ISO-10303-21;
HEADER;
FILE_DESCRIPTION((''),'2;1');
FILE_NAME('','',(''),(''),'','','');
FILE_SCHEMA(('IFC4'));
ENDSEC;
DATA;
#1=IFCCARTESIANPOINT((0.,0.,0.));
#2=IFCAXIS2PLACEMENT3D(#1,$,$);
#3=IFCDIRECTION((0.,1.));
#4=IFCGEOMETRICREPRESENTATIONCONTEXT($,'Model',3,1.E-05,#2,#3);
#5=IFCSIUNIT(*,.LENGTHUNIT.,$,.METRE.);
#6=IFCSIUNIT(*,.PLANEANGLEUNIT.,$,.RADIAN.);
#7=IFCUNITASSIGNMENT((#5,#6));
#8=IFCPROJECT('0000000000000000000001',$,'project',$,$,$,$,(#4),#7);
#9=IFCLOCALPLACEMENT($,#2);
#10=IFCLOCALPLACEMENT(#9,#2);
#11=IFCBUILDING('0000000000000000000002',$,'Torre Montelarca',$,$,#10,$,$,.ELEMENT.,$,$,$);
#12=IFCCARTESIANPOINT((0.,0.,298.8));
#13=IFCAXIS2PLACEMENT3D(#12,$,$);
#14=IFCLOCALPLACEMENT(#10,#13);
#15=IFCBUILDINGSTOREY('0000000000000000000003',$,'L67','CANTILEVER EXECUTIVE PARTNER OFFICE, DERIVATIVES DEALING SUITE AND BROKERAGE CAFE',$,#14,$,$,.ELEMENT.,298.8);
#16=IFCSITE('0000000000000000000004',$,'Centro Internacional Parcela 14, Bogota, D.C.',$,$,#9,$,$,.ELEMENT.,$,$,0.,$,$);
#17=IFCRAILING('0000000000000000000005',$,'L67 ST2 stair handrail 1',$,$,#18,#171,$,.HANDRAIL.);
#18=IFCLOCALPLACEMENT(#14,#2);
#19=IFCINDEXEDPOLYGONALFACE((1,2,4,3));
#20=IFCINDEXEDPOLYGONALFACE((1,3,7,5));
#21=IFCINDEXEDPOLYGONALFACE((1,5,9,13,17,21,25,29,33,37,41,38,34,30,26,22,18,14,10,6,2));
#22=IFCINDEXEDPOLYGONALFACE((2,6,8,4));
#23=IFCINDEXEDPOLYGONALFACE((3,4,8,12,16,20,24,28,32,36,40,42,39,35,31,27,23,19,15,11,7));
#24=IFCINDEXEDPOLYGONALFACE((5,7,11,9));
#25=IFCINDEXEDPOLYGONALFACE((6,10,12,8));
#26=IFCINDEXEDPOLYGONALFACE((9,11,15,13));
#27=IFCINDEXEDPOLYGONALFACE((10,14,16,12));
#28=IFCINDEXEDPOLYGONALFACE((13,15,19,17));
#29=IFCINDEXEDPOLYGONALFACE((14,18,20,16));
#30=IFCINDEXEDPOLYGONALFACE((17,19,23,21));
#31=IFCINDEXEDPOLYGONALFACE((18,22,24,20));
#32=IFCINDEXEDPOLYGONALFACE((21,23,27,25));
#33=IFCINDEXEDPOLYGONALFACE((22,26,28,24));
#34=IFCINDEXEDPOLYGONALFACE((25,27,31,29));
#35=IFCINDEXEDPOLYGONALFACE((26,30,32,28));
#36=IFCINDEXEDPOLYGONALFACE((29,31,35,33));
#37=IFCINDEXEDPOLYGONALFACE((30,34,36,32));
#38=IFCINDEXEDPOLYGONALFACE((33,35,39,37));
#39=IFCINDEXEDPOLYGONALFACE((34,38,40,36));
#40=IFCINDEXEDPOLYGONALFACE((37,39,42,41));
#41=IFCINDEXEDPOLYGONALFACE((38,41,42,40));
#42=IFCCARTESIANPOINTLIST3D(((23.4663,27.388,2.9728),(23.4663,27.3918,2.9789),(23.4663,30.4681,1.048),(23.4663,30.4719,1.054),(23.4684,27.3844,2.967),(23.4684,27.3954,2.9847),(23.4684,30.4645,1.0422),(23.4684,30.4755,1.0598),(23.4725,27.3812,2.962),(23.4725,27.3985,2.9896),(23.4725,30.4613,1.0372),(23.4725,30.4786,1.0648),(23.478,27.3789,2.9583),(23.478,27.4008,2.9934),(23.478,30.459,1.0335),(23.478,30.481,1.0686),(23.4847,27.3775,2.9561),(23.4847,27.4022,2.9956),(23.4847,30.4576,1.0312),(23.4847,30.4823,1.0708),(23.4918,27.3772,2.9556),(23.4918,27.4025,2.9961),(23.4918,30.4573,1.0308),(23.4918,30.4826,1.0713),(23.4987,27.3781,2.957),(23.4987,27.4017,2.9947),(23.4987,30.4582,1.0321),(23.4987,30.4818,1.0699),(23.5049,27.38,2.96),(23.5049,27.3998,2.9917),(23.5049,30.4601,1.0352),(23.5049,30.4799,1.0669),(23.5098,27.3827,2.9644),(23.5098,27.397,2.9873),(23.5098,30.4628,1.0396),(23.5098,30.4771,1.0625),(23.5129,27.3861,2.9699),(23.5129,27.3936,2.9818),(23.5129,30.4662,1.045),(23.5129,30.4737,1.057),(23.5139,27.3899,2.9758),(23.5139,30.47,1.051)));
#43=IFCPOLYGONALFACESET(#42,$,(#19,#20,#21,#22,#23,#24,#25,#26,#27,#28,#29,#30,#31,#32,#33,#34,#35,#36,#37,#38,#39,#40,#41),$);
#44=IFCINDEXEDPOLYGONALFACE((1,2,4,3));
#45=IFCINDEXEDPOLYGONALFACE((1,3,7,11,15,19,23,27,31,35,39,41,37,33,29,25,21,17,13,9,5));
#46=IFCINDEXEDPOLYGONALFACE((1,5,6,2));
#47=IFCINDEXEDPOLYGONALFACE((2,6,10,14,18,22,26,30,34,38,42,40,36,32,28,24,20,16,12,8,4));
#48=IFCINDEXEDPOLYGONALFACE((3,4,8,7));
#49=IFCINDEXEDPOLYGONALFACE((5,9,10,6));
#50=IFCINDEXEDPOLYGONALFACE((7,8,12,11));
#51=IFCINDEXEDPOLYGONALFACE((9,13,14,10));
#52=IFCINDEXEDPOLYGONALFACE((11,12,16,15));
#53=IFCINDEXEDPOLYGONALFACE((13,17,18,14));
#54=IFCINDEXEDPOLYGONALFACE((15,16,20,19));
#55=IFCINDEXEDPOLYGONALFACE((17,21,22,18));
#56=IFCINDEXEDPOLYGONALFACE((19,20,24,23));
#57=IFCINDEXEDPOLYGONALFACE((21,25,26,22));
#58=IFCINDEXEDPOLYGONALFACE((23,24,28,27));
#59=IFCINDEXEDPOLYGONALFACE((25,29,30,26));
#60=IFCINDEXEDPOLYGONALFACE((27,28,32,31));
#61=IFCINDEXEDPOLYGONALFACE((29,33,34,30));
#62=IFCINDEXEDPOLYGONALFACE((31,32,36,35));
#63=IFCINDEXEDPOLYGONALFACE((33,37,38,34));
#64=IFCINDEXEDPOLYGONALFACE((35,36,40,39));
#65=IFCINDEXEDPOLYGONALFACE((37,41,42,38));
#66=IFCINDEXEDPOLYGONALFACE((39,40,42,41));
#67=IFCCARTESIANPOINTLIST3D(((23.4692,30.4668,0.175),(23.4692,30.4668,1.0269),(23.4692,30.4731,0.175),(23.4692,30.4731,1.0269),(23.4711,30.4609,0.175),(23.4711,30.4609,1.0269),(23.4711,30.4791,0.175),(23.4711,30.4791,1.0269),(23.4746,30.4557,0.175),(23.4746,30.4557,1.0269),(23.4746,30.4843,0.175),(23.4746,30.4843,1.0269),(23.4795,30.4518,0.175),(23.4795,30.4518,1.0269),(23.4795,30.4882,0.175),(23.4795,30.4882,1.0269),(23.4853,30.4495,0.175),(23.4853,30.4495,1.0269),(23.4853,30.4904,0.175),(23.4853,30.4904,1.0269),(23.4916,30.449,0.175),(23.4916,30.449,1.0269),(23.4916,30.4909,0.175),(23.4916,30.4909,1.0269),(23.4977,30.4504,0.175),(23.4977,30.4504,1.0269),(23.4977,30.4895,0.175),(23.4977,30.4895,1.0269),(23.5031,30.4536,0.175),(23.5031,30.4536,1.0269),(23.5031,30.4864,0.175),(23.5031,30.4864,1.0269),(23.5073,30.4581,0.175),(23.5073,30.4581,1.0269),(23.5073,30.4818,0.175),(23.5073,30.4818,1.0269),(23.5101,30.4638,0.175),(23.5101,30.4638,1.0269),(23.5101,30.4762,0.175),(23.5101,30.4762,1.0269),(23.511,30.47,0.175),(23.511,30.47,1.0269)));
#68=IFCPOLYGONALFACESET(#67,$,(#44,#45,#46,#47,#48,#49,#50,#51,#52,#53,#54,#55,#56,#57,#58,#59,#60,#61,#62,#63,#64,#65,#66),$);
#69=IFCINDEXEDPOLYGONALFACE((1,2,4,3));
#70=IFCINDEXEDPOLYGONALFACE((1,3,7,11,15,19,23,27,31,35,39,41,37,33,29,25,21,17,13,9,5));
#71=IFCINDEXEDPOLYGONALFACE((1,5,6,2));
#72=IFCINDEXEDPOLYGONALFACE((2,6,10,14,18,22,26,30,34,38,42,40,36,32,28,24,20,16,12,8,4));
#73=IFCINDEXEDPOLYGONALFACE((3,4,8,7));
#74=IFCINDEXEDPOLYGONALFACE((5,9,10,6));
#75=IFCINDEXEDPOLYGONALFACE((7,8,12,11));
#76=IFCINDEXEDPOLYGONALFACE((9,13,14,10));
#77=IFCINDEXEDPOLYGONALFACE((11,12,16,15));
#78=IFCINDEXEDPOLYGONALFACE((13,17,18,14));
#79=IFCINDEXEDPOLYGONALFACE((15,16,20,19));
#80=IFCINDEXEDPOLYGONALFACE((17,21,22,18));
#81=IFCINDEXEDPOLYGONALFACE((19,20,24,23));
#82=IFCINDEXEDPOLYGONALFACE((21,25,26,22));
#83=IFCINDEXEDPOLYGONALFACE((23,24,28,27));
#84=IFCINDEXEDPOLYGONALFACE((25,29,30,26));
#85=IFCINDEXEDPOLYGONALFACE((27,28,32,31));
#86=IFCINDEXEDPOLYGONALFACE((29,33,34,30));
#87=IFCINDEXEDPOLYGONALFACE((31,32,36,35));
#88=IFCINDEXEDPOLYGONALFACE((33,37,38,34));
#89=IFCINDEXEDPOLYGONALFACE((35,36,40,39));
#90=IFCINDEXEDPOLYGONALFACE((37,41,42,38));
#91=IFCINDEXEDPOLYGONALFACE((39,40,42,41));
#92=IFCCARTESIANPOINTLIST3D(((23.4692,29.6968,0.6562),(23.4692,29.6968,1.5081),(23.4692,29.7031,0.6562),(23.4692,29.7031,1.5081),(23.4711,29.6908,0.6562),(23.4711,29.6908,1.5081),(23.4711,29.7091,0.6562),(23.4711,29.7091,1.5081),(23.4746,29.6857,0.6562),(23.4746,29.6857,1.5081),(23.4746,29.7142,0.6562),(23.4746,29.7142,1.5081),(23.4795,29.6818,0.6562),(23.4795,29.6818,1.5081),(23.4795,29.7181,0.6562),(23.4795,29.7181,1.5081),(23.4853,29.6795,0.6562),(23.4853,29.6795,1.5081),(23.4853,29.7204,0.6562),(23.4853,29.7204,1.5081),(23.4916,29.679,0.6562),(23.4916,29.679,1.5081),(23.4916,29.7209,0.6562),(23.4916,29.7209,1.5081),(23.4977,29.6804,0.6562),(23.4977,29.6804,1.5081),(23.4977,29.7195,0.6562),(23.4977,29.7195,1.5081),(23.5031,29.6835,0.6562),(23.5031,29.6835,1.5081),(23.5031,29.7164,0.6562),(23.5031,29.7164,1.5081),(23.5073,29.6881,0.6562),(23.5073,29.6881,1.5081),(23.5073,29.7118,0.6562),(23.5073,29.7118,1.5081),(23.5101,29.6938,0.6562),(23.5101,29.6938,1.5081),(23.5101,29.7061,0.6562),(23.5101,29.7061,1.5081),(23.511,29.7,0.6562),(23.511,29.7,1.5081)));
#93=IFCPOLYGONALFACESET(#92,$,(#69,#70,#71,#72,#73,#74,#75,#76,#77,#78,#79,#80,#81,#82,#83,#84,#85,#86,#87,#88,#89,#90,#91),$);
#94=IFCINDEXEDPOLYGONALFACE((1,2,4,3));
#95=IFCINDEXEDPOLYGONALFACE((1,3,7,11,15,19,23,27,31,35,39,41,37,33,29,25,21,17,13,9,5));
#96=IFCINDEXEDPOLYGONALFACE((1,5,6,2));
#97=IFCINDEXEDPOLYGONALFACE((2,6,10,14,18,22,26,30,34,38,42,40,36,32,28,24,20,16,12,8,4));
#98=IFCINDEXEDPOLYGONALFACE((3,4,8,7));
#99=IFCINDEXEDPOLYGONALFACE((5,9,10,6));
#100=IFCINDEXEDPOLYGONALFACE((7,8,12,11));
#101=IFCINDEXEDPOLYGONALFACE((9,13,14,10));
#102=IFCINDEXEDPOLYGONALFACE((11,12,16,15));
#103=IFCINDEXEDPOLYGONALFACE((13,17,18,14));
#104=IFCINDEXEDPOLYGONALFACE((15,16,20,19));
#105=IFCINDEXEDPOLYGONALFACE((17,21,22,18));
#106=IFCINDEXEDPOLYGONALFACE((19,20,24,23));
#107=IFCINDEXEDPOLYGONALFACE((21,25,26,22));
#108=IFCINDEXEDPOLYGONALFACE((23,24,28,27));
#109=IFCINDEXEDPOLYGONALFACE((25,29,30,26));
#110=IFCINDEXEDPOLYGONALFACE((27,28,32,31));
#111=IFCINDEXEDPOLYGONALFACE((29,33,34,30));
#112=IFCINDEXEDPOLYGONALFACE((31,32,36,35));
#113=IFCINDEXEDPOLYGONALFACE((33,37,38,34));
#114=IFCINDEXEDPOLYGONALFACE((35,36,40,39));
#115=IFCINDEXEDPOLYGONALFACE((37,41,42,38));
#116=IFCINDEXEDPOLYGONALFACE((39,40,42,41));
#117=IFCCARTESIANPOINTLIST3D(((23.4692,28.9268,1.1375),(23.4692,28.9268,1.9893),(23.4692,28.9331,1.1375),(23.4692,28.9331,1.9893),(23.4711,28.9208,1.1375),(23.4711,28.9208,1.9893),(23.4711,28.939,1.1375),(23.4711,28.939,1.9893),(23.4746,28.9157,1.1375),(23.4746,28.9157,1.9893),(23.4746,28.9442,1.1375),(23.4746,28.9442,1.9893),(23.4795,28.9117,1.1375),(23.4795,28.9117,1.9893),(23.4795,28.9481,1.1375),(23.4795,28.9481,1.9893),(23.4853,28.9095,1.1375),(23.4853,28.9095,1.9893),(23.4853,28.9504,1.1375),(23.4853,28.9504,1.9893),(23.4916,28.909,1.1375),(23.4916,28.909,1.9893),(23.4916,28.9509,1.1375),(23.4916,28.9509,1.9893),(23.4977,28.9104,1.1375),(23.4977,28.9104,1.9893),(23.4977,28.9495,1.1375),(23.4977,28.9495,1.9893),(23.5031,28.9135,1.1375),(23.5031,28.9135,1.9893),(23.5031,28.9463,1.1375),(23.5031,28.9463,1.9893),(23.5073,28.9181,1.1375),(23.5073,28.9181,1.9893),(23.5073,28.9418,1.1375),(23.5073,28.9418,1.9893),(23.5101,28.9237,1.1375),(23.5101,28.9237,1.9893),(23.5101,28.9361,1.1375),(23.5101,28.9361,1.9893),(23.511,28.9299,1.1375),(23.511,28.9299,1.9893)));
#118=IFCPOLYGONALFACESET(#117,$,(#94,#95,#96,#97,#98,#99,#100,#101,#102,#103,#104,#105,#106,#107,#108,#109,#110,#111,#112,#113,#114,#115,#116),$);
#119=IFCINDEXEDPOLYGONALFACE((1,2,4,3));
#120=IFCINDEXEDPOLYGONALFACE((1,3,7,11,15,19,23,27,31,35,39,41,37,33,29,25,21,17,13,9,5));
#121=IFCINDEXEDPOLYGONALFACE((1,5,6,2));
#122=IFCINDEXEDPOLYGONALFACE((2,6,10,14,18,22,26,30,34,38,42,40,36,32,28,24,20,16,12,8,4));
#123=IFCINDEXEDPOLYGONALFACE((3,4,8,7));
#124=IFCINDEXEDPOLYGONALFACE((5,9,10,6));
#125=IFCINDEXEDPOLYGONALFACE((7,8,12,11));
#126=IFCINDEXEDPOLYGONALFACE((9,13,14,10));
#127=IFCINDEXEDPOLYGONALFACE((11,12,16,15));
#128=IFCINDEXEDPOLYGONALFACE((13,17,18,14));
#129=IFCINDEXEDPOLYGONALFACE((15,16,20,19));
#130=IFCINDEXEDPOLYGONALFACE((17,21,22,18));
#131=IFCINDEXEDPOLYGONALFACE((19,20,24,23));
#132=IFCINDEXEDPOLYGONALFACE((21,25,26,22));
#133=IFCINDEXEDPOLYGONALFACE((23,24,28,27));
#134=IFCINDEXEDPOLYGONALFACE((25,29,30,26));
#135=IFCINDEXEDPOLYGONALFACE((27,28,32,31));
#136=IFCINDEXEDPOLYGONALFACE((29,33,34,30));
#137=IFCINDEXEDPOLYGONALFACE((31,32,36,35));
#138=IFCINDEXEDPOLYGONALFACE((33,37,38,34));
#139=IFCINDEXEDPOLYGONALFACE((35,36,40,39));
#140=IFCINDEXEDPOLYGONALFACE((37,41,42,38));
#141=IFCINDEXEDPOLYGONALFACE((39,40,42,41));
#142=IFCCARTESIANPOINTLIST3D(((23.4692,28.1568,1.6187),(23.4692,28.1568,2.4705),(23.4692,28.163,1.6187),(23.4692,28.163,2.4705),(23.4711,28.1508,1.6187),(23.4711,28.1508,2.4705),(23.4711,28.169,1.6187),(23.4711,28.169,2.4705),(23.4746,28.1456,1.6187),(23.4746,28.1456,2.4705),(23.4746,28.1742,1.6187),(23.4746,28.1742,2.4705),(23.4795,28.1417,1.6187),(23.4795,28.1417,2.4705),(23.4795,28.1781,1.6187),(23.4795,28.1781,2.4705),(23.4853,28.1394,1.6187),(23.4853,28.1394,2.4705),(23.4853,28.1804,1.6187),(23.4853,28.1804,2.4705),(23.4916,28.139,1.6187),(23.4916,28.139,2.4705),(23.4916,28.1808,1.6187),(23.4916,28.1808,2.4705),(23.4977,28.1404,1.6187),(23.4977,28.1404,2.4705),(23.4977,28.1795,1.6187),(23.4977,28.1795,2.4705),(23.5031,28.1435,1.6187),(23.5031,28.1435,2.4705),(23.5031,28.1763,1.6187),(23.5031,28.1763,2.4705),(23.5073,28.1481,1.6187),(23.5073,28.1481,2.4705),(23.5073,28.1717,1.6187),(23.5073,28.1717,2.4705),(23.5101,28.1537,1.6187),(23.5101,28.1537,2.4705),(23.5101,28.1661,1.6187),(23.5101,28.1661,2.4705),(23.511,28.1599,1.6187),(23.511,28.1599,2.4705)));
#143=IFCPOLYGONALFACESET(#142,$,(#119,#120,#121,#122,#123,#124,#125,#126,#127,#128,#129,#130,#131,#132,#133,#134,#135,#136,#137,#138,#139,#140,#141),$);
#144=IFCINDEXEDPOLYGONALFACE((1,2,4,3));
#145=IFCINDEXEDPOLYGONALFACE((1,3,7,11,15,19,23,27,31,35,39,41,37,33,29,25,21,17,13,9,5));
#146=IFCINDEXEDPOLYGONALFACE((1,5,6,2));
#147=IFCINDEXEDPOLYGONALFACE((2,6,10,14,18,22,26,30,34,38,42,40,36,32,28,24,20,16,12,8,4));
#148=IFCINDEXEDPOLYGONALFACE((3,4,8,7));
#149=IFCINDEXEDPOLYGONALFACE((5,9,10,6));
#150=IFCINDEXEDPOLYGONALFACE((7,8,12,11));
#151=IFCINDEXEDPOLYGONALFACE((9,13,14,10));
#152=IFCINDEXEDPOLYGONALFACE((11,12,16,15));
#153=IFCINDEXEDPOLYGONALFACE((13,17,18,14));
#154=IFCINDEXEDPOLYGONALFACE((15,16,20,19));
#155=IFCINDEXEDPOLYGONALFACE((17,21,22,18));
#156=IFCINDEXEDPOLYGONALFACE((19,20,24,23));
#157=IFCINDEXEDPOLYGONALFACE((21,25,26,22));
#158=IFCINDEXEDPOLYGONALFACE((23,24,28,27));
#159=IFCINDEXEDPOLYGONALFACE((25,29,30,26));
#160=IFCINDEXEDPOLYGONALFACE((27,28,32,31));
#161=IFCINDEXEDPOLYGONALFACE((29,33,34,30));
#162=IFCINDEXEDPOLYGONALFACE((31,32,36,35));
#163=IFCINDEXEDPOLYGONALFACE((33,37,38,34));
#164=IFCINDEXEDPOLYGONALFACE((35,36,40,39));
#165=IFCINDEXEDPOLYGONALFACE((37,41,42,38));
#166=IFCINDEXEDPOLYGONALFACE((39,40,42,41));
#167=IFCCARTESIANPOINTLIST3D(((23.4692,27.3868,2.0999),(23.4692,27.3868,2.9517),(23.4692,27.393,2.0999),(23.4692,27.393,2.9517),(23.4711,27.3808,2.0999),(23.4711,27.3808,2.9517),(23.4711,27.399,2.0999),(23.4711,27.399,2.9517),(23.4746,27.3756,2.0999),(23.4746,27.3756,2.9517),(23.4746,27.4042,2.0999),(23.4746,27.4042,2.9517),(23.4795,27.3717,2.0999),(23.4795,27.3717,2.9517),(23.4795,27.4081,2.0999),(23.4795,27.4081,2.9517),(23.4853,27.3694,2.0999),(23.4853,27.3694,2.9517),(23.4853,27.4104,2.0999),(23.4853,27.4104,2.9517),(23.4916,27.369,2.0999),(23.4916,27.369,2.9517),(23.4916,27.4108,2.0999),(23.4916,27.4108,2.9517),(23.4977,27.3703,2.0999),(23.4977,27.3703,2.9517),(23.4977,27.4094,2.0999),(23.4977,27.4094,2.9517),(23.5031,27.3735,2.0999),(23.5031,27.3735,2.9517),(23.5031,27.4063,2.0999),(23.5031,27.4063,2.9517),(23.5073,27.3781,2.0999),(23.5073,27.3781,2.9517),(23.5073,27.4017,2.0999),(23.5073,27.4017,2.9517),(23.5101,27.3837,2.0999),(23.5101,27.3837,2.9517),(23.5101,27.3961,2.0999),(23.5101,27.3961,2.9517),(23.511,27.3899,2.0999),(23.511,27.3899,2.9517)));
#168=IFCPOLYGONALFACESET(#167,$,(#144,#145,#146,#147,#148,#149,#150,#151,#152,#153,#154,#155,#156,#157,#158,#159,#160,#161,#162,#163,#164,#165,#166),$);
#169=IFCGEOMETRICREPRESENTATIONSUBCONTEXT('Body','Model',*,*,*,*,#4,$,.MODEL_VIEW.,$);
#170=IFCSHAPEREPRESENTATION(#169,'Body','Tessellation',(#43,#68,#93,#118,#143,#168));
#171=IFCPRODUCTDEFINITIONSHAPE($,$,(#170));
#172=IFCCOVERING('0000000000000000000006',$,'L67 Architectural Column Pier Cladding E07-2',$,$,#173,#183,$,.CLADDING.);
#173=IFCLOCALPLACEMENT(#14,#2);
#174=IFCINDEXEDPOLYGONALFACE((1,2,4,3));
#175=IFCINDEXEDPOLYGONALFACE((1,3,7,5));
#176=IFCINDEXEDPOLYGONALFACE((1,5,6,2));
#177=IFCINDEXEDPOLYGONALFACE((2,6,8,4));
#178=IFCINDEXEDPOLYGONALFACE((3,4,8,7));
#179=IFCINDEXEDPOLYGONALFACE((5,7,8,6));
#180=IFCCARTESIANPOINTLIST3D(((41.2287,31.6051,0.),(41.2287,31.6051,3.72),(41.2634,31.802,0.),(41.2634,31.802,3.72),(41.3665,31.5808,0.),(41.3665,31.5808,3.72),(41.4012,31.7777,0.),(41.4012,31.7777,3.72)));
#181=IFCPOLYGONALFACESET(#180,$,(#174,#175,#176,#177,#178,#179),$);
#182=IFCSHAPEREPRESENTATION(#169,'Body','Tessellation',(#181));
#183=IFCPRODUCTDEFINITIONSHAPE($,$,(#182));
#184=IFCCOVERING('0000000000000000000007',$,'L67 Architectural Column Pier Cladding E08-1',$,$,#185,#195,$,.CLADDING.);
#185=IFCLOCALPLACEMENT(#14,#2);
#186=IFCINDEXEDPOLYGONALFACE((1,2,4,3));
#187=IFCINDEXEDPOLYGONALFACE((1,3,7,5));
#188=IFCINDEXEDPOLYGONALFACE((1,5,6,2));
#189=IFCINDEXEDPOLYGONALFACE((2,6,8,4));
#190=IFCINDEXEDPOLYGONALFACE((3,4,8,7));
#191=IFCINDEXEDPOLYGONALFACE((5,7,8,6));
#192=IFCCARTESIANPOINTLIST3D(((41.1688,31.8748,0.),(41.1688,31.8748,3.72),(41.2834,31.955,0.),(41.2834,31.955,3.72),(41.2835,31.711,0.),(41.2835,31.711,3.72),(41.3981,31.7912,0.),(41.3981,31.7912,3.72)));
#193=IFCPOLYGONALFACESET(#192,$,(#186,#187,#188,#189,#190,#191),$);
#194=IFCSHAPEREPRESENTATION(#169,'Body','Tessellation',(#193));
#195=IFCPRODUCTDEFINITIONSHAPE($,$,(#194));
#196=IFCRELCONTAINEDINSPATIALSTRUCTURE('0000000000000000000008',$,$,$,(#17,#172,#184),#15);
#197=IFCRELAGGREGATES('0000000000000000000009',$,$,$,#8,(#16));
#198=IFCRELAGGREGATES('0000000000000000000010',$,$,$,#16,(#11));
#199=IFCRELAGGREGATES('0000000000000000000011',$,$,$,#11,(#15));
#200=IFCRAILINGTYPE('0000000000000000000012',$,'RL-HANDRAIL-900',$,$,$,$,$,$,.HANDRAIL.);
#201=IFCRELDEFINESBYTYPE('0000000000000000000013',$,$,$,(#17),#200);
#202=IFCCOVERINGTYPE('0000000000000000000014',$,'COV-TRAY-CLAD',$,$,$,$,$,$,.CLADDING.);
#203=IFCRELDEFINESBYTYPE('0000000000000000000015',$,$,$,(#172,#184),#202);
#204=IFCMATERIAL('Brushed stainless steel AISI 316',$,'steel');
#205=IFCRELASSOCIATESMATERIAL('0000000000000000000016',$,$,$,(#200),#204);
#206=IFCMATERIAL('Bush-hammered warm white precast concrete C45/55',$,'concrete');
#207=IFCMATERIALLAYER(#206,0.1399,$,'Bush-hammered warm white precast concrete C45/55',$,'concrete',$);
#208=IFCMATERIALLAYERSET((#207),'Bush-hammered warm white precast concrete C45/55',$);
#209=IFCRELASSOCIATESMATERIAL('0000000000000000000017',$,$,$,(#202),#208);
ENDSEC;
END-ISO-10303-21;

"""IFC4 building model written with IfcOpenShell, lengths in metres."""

from ifc_helpers import new_model, si_unit, direction, frame, origin, origin_2d, place, context, subcontext, project, spatial, rectangle, circle, extrude, source, transform, mapped, material, layer, layer_set, type_object, element, save


model = new_model("IFC4")

# Units and contexts
model_context = context("Model", 3, precision=1e-05, world=origin(), true_north=direction((0.0, 1.0)))
body_context = subcontext(model_context, "Body", "Model", "MODEL_VIEW")
ifc_project = project(units=[si_unit("LENGTHUNIT", "METRE"), si_unit("PLANEANGLEUNIT", "RADIAN")], contexts=[model_context])

# Site, building, storey
site_placement = place(None, origin())
site = spatial("IfcSite", under=ifc_project, at=site_placement, Name="Centro Internacional Parcela 14, Bogota, D.C.", CompositionType="ELEMENT", RefElevation=0.0)
building_placement = place(site_placement, origin())
building = spatial("IfcBuilding", under=site, at=building_placement, Name="Torre Montelarca", CompositionType="ELEMENT")
storey_placement = place(building_placement, frame((0.0, 0.0, 298.8)))
storey = spatial("IfcBuildingStorey", under=building, at=storey_placement, Name="L67", Description="CANTILEVER EXECUTIVE PARTNER OFFICE, DERIVATIVES DEALING SUITE AND BROKERAGE CAFE", CompositionType="ELEMENT", Elevation=298.8)

# Shared definitions
ifc_material_1 = material(Name="Brushed stainless steel AISI 316", Category="steel")

# Railing
railing_type_1 = type_object("IfcRailingType", Name="RL-HANDRAIL-900", PredefinedType="HANDRAIL", material=ifc_material_1)
railing_1_placement = place(storey_placement, frame((23.49, 30.47, 0.175)))
element("IfcRailing", 1, at=railing_1_placement, inside=storey, type_object=railing_type_1, Name="L67 ST2 stair handrail 1", PredefinedType="HANDRAIL", context=body_context, shape_type="SweptSolid", body=[
    extrude(circle(Radius=0.0239, at=origin_2d()), frame((0.0, 0.0, 0.876), z_axis=(0.0, -0.848029, 0.529951), x_axis=(1.0, 0.0, 0.0)), (0.0, 0.0, 1.0), 3.6321),
    extrude(circle(Radius=0.021, at=origin_2d()), origin(), (0.0, 0.0, 1.0), 0.8518),
    extrude(circle(Radius=0.021, at=origin_2d()), frame((0.0, -0.77, 0.4812)), (0.0, 0.0, 1.0), 0.8518),
    extrude(circle(Radius=0.021, at=origin_2d()), frame((0.0, -1.54, 0.9624)), (0.0, 0.0, 1.0), 0.8518),
    extrude(circle(Radius=0.021, at=origin_2d()), frame((0.0, -2.3101, 1.4436)), (0.0, 0.0, 1.0), 0.8518),
    extrude(circle(Radius=0.021, at=origin_2d()), frame((0.0, -3.0801, 1.9248)), (0.0, 0.0, 1.0), 0.8518),
])

# Coverings
ifc_material_2 = material(Name="Bush-hammered warm white precast concrete C45/55", Category="concrete")
ifc_layer_1 = layer(ifc_material_2, 0.1399, Name="Bush-hammered warm white precast concrete C45/55", Category="concrete")
ifc_layer_set_1 = layer_set([ifc_layer_1], Name="Bush-hammered warm white precast concrete C45/55")
covering_type = type_object("IfcCoveringType", Name="COV-TRAY-CLAD", PredefinedType="CLADDING", material=ifc_layer_set_1)
shared_shape_1 = source(origin(), body_context, "Body", "SweptSolid", [
    extrude(rectangle(XDim=0.2, YDim=0.1399, at=origin_2d()), origin(), (0.0, 0.0, 1.0), 3.72),
])
for number, where, z_axis, x_axis, name in (
    (2, (41.3149, 31.6914, 0.0), (0.0, 0.0, 1.0), (0.173626, 0.984812, 0.0), "L67 Architectural Column Pier Cladding E07-2"),
    (3, (41.2834, 31.833, 0.0), (0.0, 0.0, 1.0), (-0.573574, 0.819154, 0.0), "L67 Architectural Column Pier Cladding E08-1"),
):
    element("IfcCovering", number, at=place(storey_placement, frame(where, z_axis=z_axis, x_axis=x_axis)), inside=storey, type_object=covering_type, Name=name, PredefinedType="CLADDING", context=body_context, shape_type="MappedRepresentation", body=[
        mapped(shared_shape_1, transform((0.0, 0.0, 0.0), scale=1.0)),
    ])

save(model, "model.ifc")
